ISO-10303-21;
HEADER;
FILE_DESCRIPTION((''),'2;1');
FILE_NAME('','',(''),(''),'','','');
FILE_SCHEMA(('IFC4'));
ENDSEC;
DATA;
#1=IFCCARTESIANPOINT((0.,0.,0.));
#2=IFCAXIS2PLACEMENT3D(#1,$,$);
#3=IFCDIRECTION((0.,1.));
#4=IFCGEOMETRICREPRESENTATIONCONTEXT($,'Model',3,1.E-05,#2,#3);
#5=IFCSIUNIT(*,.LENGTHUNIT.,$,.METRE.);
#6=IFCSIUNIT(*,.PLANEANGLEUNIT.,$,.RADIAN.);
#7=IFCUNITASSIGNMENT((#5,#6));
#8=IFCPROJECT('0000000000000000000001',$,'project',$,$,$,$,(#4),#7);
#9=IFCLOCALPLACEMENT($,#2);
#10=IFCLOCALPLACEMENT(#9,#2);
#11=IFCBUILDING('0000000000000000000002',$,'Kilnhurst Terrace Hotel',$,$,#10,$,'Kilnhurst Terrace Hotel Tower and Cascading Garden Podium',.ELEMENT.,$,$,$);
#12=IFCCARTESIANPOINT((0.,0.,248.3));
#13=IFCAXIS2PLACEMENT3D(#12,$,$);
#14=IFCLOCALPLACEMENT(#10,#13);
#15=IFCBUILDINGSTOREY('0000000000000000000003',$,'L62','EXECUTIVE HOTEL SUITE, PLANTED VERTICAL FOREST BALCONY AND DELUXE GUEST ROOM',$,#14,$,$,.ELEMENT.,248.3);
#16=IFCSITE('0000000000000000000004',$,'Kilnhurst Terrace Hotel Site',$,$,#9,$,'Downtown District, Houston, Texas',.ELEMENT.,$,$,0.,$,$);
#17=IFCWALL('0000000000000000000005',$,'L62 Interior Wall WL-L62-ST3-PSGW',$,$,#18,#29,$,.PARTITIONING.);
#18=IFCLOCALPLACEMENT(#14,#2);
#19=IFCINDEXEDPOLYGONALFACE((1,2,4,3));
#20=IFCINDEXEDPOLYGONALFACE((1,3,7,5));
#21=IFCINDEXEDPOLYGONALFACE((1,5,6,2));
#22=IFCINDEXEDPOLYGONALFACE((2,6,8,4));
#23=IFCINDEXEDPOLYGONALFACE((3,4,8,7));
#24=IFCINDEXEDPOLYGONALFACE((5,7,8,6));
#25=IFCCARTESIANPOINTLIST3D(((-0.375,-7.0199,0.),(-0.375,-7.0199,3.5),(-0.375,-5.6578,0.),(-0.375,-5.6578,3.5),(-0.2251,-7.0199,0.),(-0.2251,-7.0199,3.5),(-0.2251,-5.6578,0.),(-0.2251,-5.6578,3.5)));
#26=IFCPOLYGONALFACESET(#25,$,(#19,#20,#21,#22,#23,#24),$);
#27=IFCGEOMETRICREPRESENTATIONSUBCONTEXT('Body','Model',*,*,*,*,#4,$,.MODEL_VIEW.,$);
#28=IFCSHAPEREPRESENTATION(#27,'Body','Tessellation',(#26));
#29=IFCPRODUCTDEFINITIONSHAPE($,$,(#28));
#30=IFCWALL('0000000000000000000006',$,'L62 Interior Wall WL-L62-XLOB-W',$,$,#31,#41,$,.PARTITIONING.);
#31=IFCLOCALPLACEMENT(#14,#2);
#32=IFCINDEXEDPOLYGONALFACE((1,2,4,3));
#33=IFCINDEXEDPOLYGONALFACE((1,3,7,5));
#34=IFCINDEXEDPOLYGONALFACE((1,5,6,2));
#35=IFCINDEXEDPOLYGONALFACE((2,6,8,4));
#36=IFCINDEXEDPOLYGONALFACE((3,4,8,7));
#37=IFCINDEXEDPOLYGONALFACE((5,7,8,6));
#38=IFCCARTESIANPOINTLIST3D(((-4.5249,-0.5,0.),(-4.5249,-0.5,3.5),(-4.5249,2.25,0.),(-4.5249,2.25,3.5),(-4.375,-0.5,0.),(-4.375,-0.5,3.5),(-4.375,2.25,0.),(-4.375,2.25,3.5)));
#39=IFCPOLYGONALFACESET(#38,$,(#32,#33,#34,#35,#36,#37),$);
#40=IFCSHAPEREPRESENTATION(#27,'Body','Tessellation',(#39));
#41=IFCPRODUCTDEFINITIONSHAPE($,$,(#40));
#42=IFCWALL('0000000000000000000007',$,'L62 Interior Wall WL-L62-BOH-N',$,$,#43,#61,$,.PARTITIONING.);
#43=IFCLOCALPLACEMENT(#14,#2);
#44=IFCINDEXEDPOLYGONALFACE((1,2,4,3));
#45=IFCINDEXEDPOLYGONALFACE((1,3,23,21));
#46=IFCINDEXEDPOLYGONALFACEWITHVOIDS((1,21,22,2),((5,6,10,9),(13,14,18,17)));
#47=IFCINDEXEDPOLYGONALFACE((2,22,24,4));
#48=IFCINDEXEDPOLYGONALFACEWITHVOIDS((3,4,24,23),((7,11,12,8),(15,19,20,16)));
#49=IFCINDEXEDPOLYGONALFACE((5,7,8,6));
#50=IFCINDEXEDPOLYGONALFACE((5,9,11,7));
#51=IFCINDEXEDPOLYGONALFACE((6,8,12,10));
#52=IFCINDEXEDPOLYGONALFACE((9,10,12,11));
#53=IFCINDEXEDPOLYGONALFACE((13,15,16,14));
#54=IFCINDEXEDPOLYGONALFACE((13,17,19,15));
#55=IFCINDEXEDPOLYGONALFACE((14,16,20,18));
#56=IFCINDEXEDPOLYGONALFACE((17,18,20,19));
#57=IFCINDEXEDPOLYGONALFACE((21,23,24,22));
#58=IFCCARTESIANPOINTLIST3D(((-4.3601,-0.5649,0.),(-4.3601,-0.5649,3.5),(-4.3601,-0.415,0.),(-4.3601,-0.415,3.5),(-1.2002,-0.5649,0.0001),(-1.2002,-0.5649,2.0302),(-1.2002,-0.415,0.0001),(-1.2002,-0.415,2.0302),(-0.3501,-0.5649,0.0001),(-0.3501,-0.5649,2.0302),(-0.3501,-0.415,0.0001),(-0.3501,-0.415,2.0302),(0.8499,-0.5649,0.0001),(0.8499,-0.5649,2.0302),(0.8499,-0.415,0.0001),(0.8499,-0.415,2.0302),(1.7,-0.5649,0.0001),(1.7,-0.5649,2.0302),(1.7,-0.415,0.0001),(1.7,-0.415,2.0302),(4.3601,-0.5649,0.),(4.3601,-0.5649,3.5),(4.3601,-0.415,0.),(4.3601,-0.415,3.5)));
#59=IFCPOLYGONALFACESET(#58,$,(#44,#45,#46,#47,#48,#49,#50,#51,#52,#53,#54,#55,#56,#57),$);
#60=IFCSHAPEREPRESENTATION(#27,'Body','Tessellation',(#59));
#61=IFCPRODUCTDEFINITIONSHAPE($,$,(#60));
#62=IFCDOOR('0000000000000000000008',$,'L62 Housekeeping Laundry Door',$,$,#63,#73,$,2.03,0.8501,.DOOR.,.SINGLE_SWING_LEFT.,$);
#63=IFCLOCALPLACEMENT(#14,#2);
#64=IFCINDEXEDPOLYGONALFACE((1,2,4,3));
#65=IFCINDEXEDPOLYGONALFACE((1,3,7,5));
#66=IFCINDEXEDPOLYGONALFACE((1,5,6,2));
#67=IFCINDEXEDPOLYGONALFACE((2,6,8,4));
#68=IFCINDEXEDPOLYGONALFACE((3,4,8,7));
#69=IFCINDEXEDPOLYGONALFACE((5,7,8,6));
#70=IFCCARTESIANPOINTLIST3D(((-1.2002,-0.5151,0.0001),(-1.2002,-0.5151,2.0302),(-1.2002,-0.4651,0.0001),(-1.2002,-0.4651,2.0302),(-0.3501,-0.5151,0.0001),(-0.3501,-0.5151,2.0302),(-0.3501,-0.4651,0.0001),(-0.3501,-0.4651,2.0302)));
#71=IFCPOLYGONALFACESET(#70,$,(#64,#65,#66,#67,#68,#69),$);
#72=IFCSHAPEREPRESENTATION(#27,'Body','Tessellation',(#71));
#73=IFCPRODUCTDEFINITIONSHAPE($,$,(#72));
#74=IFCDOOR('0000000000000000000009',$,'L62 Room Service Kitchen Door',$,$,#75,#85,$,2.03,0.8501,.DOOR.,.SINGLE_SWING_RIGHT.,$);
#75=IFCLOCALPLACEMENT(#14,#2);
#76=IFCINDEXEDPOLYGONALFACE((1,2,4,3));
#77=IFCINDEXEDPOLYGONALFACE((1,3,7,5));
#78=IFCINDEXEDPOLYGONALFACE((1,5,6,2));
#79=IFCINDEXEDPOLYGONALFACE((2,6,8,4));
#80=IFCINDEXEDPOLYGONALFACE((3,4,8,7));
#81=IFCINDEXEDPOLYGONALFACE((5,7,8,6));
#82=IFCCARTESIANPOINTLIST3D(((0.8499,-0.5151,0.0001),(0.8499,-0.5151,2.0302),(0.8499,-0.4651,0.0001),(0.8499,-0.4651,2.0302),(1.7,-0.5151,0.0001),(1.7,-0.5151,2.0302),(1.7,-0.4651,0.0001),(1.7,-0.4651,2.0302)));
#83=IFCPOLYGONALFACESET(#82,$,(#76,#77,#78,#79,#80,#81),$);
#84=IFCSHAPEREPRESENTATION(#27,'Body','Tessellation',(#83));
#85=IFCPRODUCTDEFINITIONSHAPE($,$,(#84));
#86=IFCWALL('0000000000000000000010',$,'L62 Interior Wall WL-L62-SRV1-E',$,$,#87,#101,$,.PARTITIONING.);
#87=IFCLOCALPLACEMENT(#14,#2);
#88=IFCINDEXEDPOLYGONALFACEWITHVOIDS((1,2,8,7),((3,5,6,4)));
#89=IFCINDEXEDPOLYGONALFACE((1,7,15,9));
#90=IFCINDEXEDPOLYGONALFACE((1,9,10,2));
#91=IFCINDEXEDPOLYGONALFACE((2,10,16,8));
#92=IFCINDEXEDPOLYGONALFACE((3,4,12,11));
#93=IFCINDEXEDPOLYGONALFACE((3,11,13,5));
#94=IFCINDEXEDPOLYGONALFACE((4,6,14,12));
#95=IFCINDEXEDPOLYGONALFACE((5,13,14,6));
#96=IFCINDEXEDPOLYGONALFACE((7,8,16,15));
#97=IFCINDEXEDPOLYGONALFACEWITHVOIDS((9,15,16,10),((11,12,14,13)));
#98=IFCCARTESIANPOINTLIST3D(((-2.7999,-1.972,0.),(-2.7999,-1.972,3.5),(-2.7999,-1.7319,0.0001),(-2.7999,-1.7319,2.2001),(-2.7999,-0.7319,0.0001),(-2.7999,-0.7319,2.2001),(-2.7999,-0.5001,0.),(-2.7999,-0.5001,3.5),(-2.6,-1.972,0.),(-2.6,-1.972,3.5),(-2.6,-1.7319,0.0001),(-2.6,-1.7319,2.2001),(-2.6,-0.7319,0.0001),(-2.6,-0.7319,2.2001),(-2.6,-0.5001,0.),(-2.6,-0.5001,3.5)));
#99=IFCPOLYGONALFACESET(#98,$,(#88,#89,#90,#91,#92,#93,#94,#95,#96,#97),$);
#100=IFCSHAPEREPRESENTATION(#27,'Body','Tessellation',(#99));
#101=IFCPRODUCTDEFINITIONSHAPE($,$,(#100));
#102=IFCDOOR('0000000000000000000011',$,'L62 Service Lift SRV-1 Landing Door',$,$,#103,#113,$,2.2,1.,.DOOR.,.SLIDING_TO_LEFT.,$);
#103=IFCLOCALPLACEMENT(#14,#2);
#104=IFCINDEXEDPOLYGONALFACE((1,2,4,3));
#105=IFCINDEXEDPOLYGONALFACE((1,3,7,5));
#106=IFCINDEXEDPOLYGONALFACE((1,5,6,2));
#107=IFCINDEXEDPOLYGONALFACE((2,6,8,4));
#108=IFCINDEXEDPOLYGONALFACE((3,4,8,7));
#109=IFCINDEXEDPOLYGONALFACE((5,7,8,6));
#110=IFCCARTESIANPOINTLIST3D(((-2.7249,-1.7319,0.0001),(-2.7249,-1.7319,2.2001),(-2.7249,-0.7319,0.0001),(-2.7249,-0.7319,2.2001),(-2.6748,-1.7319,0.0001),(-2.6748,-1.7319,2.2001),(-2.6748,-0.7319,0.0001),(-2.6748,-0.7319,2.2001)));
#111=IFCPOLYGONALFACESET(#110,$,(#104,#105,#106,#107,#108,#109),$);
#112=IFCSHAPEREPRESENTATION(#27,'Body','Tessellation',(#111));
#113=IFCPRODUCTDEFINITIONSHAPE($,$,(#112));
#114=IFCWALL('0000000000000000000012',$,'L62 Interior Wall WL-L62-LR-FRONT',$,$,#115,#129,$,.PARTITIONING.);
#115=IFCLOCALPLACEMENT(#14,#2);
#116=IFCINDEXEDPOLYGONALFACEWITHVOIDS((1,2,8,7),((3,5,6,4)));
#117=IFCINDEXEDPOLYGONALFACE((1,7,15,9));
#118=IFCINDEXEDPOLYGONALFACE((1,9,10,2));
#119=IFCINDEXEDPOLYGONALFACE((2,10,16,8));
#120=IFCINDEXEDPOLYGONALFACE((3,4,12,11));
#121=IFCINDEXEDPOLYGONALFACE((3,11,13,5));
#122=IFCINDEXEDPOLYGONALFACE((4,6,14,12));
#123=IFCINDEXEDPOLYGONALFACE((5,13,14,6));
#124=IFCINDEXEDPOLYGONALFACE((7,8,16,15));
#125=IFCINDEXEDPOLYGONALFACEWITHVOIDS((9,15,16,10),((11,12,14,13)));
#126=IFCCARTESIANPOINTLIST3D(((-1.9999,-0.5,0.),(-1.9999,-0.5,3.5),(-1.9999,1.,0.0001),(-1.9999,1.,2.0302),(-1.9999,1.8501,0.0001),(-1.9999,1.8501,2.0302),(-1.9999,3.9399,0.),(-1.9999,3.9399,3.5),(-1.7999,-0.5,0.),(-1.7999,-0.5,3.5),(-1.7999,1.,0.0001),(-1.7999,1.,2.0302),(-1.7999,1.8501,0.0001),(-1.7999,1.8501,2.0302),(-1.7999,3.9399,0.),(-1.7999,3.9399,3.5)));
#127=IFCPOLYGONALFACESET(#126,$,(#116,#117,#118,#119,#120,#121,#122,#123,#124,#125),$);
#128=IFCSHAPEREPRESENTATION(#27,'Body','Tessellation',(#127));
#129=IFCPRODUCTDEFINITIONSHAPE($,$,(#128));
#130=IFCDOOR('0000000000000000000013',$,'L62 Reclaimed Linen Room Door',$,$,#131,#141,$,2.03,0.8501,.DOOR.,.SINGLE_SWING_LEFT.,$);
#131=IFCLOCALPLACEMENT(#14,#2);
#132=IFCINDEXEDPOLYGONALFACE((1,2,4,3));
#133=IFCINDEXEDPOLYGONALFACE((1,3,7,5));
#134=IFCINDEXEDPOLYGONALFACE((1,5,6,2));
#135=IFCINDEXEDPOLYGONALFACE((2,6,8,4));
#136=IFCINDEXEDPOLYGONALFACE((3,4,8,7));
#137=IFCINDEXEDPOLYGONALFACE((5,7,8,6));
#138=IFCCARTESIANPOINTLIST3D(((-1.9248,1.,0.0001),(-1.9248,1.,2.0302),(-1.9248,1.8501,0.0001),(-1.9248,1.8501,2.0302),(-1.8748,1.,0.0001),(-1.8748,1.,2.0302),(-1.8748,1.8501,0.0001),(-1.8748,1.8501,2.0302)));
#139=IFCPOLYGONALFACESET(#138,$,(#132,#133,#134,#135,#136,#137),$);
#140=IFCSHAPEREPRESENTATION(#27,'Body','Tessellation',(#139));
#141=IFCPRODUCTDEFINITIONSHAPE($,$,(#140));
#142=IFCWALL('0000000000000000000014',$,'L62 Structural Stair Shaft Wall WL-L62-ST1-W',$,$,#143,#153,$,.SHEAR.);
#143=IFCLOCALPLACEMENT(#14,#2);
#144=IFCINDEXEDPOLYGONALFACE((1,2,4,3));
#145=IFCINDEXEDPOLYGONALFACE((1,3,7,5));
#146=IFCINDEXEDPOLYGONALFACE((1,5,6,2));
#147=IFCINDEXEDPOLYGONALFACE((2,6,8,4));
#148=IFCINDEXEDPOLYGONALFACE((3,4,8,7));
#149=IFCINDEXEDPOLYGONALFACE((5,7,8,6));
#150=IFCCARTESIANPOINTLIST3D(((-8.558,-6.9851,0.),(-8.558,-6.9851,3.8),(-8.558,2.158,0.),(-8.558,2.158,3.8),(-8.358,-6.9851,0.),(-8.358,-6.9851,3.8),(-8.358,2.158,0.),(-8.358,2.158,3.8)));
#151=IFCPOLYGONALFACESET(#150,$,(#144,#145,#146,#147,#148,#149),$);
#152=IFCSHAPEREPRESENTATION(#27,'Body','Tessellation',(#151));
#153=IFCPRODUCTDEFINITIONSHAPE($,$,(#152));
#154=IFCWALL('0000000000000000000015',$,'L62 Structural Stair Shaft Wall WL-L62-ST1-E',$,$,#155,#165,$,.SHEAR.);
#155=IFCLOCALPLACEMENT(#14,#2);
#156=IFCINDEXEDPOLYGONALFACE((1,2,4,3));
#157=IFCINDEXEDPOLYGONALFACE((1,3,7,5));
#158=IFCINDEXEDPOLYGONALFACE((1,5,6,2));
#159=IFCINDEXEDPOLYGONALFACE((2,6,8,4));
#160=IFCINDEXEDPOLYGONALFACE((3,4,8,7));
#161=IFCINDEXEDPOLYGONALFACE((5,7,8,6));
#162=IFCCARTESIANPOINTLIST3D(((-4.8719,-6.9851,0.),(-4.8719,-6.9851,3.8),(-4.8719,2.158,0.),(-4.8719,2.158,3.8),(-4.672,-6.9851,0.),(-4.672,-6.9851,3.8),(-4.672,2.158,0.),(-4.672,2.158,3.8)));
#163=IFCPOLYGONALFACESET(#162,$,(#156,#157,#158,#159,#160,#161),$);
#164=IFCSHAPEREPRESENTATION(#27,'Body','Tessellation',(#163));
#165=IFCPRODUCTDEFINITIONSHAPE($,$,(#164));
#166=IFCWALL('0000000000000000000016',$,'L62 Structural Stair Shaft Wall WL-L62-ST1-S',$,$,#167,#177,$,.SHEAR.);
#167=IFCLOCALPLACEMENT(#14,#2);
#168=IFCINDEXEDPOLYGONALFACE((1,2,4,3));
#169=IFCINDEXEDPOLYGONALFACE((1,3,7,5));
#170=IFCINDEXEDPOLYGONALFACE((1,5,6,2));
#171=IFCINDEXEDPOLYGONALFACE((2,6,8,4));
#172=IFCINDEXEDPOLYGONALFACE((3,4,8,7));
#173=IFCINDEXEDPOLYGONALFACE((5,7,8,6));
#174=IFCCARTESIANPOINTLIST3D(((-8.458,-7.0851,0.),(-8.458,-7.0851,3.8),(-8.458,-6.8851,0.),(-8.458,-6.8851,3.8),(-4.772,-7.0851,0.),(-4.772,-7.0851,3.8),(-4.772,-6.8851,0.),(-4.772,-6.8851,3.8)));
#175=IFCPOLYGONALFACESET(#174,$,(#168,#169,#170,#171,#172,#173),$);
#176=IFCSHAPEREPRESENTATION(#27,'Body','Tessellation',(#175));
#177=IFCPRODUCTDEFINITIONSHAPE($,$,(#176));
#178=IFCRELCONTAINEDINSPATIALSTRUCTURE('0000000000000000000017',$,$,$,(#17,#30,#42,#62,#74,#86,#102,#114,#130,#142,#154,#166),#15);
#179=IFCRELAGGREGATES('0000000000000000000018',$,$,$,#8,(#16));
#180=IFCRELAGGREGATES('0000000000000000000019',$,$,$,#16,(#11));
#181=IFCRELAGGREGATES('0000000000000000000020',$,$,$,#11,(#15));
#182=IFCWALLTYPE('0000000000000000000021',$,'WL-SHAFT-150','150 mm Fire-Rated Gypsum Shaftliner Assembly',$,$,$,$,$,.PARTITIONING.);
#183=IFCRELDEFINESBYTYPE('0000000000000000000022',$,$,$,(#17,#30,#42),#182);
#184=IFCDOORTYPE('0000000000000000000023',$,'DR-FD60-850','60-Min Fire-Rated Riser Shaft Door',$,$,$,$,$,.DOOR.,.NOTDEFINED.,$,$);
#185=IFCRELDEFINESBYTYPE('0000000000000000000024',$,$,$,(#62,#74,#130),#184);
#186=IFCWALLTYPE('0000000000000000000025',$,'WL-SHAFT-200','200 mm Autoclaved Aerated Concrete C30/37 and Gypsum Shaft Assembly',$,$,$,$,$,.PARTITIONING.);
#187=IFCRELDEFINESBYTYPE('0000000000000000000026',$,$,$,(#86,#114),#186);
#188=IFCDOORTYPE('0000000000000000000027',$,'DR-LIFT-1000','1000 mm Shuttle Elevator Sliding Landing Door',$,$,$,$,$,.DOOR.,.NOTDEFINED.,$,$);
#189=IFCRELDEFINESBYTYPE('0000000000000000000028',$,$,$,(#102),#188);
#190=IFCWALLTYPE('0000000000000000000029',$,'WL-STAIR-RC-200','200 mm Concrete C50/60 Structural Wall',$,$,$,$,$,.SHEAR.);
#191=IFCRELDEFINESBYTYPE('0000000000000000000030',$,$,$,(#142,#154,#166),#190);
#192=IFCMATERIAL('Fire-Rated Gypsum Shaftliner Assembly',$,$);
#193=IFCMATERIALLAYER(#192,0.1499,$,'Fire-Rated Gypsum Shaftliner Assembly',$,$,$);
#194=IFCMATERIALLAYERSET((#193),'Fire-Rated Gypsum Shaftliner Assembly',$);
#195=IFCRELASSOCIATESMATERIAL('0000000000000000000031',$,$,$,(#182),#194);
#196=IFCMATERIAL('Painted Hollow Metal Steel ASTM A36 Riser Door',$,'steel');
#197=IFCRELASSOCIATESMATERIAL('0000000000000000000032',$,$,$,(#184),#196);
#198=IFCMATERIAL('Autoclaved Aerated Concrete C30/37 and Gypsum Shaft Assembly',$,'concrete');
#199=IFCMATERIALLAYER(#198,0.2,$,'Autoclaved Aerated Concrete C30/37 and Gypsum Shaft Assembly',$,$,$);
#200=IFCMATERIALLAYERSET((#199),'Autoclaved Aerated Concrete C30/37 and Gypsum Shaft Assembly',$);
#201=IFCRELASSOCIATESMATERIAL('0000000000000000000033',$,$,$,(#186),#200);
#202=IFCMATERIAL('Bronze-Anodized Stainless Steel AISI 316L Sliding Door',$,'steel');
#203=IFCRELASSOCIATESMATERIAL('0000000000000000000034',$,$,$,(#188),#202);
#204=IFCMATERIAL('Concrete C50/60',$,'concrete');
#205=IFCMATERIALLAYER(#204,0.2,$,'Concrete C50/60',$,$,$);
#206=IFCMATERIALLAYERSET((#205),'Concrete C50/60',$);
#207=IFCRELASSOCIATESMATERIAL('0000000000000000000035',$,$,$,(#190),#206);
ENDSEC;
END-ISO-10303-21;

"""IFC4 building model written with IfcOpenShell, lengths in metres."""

from ifc_helpers import new_model, si_unit, direction, frame, frame_2d, origin, place, context, subcontext, project, spatial, rectangle, extrude, material, layer, layer_set, type_object, element, fill, save


model = new_model("IFC4")

# Units and contexts
model_context = context("Model", 3, precision=1e-05, world=origin(), true_north=direction((0.0, 1.0)))
body_context = subcontext(model_context, "Body", "Model", "MODEL_VIEW")
ifc_project = project(units=[si_unit("LENGTHUNIT", "METRE"), si_unit("PLANEANGLEUNIT", "RADIAN")], contexts=[model_context])

# Site, building, storey
site_placement = place(None, origin())
site = spatial("IfcSite", under=ifc_project, at=site_placement, Name="Kilnhurst Terrace Hotel Site", LongName="Downtown District, Houston, Texas", CompositionType="ELEMENT", RefElevation=0.0)
building_placement = place(site_placement, origin())
building = spatial("IfcBuilding", under=site, at=building_placement, Name="Kilnhurst Terrace Hotel", LongName="Kilnhurst Terrace Hotel Tower and Cascading Garden Podium", CompositionType="ELEMENT")
storey_placement = place(building_placement, frame((0.0, 0.0, 248.3)))
storey = spatial("IfcBuildingStorey", under=building, at=storey_placement, Name="L62", Description="EXECUTIVE HOTEL SUITE, PLANTED VERTICAL FOREST BALCONY AND DELUXE GUEST ROOM", CompositionType="ELEMENT", Elevation=248.3)

# Walls
ifc_material_1 = material(Name="Fire-Rated Gypsum Shaftliner Assembly")
ifc_layer_1 = layer(ifc_material_1, 0.1499, Name="Fire-Rated Gypsum Shaftliner Assembly")
ifc_layer_set_1 = layer_set([ifc_layer_1], Name="Fire-Rated Gypsum Shaftliner Assembly")
wall_type_1 = type_object("IfcWallType", Name="WL-SHAFT-150", Description="150 mm Fire-Rated Gypsum Shaftliner Assembly", PredefinedType="PARTITIONING", material=ifc_layer_set_1)
wall_1_placement = place(storey_placement, frame((-0.3, -7.02, 0.0), z_axis=(0.0, 0.0, 1.0), x_axis=(0.0, 1.0, 0.0)))
element("IfcWall", 1, at=wall_1_placement, inside=storey, type_object=wall_type_1, Name="L62 Interior Wall WL-L62-ST3-PSGW", PredefinedType="PARTITIONING", context=body_context, shape_type="SweptSolid", body=[
    extrude(rectangle(XDim=1.3621, YDim=0.1499, at=frame_2d((0.6812, 0.0))), origin(), (0.0, 0.0, 1.0), 3.5),
])
wall_2_placement = place(storey_placement, frame((-4.45, -0.5, 0.0), z_axis=(0.0, 0.0, 1.0), x_axis=(0.0, 1.0, 0.0)))
element("IfcWall", 2, at=wall_2_placement, inside=storey, type_object=wall_type_1, Name="L62 Interior Wall WL-L62-XLOB-W", PredefinedType="PARTITIONING", context=body_context, shape_type="SweptSolid", body=[
    extrude(rectangle(XDim=2.75, YDim=0.1499, at=frame_2d((1.375, 0.0))), origin(), (0.0, 0.0, 1.0), 3.5),
])

# Wall, openings, doors
wall_3_placement = place(storey_placement, frame((-4.3601, -0.49, 0.0), z_axis=(0.0, 0.0, 1.0), x_axis=(1.0, 0.0, 0.0)))
wall_3 = element("IfcWall", 3, at=wall_3_placement, inside=storey, type_object=wall_type_1, Name="L62 Interior Wall WL-L62-BOH-N", PredefinedType="PARTITIONING", context=body_context, shape_type="SweptSolid", body=[
    extrude(rectangle(XDim=8.7202, YDim=0.1499, at=frame_2d((4.3601, 0.0))), origin(), (0.0, 0.0, 1.0), 3.5),
])
opening_1_placement = place(wall_3_placement, frame((3.1599, 0.0, 0.0)))
opening_1 = element("IfcOpeningElement", 4, at=opening_1_placement, cuts=wall_3, PredefinedType="OPENING", context=body_context, shape_type="SweptSolid", body=[
    extrude(rectangle(XDim=0.8501, YDim=2.03, at=frame_2d((0.425, 1.0151))), frame((0.0, 0.085, 0.0), z_axis=(0.0, -1.0, 0.0), x_axis=(1.0, 0.0, 0.0)), (0.0, 0.0, 1.0), 0.1699),
])
opening_2_placement = place(wall_3_placement, frame((5.21, 0.0, 0.0)))
opening_2 = element("IfcOpeningElement", 5, at=opening_2_placement, cuts=wall_3, PredefinedType="OPENING", context=body_context, shape_type="SweptSolid", body=[
    extrude(rectangle(XDim=0.8501, YDim=2.03, at=frame_2d((0.425, 1.0151))), frame((0.0, 0.085, 0.0), z_axis=(0.0, -1.0, 0.0), x_axis=(1.0, 0.0, 0.0)), (0.0, 0.0, 1.0), 0.1699),
])
ifc_material_2 = material(Name="Painted Hollow Metal Steel ASTM A36 Riser Door", Category="steel")
door_type_1 = type_object("IfcDoorType", Name="DR-FD60-850", Description="60-Min Fire-Rated Riser Shaft Door", OperationType="NOTDEFINED", PredefinedType="DOOR", material=ifc_material_2)
door_1_placement = place(opening_1_placement, origin())
door_1 = element("IfcDoor", 6, at=door_1_placement, inside=storey, type_object=door_type_1, Name="L62 Housekeeping Laundry Door", OperationType="SINGLE_SWING_LEFT", OverallHeight=2.03, OverallWidth=0.8501, PredefinedType="DOOR", context=body_context, shape_type="SweptSolid", body=[
    extrude(rectangle(XDim=0.8501, YDim=2.03, at=frame_2d((0.425, 1.0151))), frame((0.0, 0.0249, 0.0), z_axis=(0.0, -1.0, 0.0), x_axis=(1.0, 0.0, 0.0)), (0.0, 0.0, 1.0), 0.05),
])
fill(opening_1, door_1)
door_2_placement = place(opening_2_placement, origin())
door_2 = element("IfcDoor", 7, at=door_2_placement, inside=storey, type_object=door_type_1, Name="L62 Room Service Kitchen Door", OperationType="SINGLE_SWING_RIGHT", OverallHeight=2.03, OverallWidth=0.8501, PredefinedType="DOOR", context=body_context, shape_type="SweptSolid", body=[
    extrude(rectangle(XDim=0.8501, YDim=2.03, at=frame_2d((0.425, 1.0151))), frame((0.0, 0.0249, 0.0), z_axis=(0.0, -1.0, 0.0), x_axis=(1.0, 0.0, 0.0)), (0.0, 0.0, 1.0), 0.05),
])
fill(opening_2, door_2)

# Walls, openings, doors
ifc_material_3 = material(Name="Autoclaved Aerated Concrete C30/37 and Gypsum Shaft Assembly", Category="concrete")
ifc_layer_2 = layer(ifc_material_3, 0.2, Name="Autoclaved Aerated Concrete C30/37 and Gypsum Shaft Assembly")
ifc_layer_set_2 = layer_set([ifc_layer_2], Name="Autoclaved Aerated Concrete C30/37 and Gypsum Shaft Assembly")
wall_type_2 = type_object("IfcWallType", Name="WL-SHAFT-200", Description="200 mm Autoclaved Aerated Concrete C30/37 and Gypsum Shaft Assembly", PredefinedType="PARTITIONING", material=ifc_layer_set_2)
wall_4_placement = place(storey_placement, frame((-2.7, -1.9719, 0.0), z_axis=(0.0, 0.0, 1.0), x_axis=(0.0, 1.0, 0.0)))
wall_4 = element("IfcWall", 8, at=wall_4_placement, inside=storey, type_object=wall_type_2, Name="L62 Interior Wall WL-L62-SRV1-E", PredefinedType="PARTITIONING", context=body_context, shape_type="SweptSolid", body=[
    extrude(rectangle(XDim=1.4719, YDim=0.2, at=frame_2d((0.7358, 0.0))), origin(), (0.0, 0.0, 1.0), 3.5),
])
opening_3_placement = place(wall_4_placement, frame((0.24, 0.0, 0.0)))
opening_3 = element("IfcOpeningElement", 9, at=opening_3_placement, cuts=wall_4, PredefinedType="OPENING", context=body_context, shape_type="SweptSolid", body=[
    extrude(rectangle(XDim=1.0, YDim=2.2, at=frame_2d((0.5, 1.1001))), frame((0.0, 0.1099, 0.0), z_axis=(0.0, -1.0, 0.0), x_axis=(1.0, 0.0, 0.0)), (0.0, 0.0, 1.0), 0.22),
])
ifc_material_4 = material(Name="Bronze-Anodized Stainless Steel AISI 316L Sliding Door", Category="steel")
door_type_2 = type_object("IfcDoorType", Name="DR-LIFT-1000", Description="1000 mm Shuttle Elevator Sliding Landing Door", OperationType="NOTDEFINED", PredefinedType="DOOR", material=ifc_material_4)
door_3_placement = place(opening_3_placement, origin())
door_3 = element("IfcDoor", 10, at=door_3_placement, inside=storey, type_object=door_type_2, Name="L62 Service Lift SRV-1 Landing Door", OperationType="SLIDING_TO_LEFT", OverallHeight=2.2, OverallWidth=1.0, PredefinedType="DOOR", context=body_context, shape_type="SweptSolid", body=[
    extrude(rectangle(XDim=1.0, YDim=2.2, at=frame_2d((0.5, 1.1001))), frame((0.0, 0.0249, 0.0), z_axis=(0.0, -1.0, 0.0), x_axis=(1.0, 0.0, 0.0)), (0.0, 0.0, 1.0), 0.05),
])
fill(opening_3, door_3)
wall_5_placement = place(storey_placement, frame((-1.8999, -0.5, 0.0), z_axis=(0.0, 0.0, 1.0), x_axis=(0.0, 1.0, 0.0)))
wall_5 = element("IfcWall", 11, at=wall_5_placement, inside=storey, type_object=wall_type_2, Name="L62 Interior Wall WL-L62-LR-FRONT", PredefinedType="PARTITIONING", context=body_context, shape_type="SweptSolid", body=[
    extrude(rectangle(XDim=4.4399, YDim=0.2, at=frame_2d((2.22, 0.0))), origin(), (0.0, 0.0, 1.0), 3.5),
])
opening_4_placement = place(wall_5_placement, frame((1.5, 0.0, 0.0)))
opening_4 = element("IfcOpeningElement", 12, at=opening_4_placement, cuts=wall_5, PredefinedType="OPENING", context=body_context, shape_type="SweptSolid", body=[
    extrude(rectangle(XDim=0.8501, YDim=2.03, at=frame_2d((0.425, 1.0151))), frame((0.0, 0.1099, 0.0), z_axis=(0.0, -1.0, 0.0), x_axis=(1.0, 0.0, 0.0)), (0.0, 0.0, 1.0), 0.22),
])
door_4_placement = place(opening_4_placement, origin())
door_4 = element("IfcDoor", 13, at=door_4_placement, inside=storey, type_object=door_type_1, Name="L62 Reclaimed Linen Room Door", OperationType="SINGLE_SWING_LEFT", OverallHeight=2.03, OverallWidth=0.8501, PredefinedType="DOOR", context=body_context, shape_type="SweptSolid", body=[
    extrude(rectangle(XDim=0.8501, YDim=2.03, at=frame_2d((0.425, 1.0151))), frame((0.0, 0.0249, 0.0), z_axis=(0.0, -1.0, 0.0), x_axis=(1.0, 0.0, 0.0)), (0.0, 0.0, 1.0), 0.05),
])
fill(opening_4, door_4)

# Walls
ifc_material_5 = material(Name="Concrete C50/60", Category="concrete")
ifc_layer_3 = layer(ifc_material_5, 0.2, Name="Concrete C50/60")
ifc_layer_set_3 = layer_set([ifc_layer_3], Name="Concrete C50/60")
wall_type_3 = type_object("IfcWallType", Name="WL-STAIR-RC-200", Description="200 mm Concrete C50/60 Structural Wall", PredefinedType="SHEAR", material=ifc_layer_set_3)
for number, where, z_axis, x_axis, name in (
    (14, (-8.458, -6.9851, 0.0), (0.0, 0.0, 1.0), (0.0, 1.0, 0.0), "L62 Structural Stair Shaft Wall WL-L62-ST1-W"),
    (15, (-4.772, -6.9851, 0.0), (0.0, 0.0, 1.0), (0.0, 1.0, 0.0), "L62 Structural Stair Shaft Wall WL-L62-ST1-E"),
):
    element("IfcWall", number, at=place(storey_placement, frame(where, z_axis=z_axis, x_axis=x_axis)), inside=storey, type_object=wall_type_3, Name=name, PredefinedType="SHEAR", context=body_context, shape_type="SweptSolid", body=[
        extrude(rectangle(XDim=9.1431, YDim=0.2, at=frame_2d((4.5715, 0.0))), origin(), (0.0, 0.0, 1.0), 3.8),
    ])
for number, where, z_axis, x_axis, name in (
    (16, (-8.458, -6.9851, 0.0), (0.0, 0.0, 1.0), (1.0, 0.0, 0.0), "L62 Structural Stair Shaft Wall WL-L62-ST1-S"),
):
    element("IfcWall", number, at=place(storey_placement, frame(where, z_axis=z_axis, x_axis=x_axis)), inside=storey, type_object=wall_type_3, Name=name, PredefinedType="SHEAR", context=body_context, shape_type="SweptSolid", body=[
        extrude(rectangle(XDim=3.686, YDim=0.2, at=frame_2d((1.843, 0.0))), origin(), (0.0, 0.0, 1.0), 3.8),
    ])

save(model, "model.ifc")
